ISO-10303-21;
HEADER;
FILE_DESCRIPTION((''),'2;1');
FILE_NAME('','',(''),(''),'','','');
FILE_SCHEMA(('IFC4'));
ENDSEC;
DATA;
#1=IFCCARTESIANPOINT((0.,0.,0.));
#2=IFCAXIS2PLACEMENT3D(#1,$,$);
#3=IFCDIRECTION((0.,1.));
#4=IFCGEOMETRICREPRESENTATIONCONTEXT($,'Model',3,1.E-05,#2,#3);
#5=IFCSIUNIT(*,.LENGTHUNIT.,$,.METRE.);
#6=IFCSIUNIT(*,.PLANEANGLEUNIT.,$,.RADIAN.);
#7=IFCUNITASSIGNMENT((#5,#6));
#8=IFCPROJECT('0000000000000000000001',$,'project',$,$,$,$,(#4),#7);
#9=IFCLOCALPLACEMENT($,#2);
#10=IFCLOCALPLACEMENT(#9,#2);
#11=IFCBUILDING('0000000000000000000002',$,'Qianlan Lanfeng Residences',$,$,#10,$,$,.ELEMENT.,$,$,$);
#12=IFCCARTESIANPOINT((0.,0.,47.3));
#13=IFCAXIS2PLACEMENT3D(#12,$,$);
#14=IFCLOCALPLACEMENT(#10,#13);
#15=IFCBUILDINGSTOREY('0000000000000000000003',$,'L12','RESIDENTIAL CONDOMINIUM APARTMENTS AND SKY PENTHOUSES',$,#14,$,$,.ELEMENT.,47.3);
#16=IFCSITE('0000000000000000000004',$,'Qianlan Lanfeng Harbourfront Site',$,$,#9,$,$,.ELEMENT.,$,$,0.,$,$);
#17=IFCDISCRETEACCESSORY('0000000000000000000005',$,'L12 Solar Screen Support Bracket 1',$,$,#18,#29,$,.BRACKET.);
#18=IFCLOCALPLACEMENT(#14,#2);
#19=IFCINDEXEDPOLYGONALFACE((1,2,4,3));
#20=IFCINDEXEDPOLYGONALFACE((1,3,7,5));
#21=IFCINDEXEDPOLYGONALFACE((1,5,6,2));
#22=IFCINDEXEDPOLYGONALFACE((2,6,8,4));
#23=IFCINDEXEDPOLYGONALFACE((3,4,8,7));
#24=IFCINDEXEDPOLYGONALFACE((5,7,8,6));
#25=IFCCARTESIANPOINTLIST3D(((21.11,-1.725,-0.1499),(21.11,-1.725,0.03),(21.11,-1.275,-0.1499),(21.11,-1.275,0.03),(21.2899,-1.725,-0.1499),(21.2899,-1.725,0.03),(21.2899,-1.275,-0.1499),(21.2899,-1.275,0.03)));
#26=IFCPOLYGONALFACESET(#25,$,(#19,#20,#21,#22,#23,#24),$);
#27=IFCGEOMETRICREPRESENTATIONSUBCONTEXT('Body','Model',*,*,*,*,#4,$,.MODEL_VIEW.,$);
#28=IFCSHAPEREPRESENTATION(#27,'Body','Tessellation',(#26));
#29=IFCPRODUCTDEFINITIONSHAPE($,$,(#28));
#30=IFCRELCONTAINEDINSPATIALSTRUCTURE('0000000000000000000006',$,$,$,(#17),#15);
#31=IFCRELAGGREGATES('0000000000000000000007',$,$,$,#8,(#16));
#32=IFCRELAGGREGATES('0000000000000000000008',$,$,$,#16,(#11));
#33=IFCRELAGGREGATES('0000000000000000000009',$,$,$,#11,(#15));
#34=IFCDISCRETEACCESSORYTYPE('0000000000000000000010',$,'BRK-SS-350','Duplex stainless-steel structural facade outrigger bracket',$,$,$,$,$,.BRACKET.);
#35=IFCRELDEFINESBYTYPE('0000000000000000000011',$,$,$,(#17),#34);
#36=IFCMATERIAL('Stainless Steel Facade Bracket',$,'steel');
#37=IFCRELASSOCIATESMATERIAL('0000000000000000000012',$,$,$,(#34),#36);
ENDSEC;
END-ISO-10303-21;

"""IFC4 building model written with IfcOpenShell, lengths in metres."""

from ifc_helpers import new_model, si_unit, direction, frame, origin, origin_2d, place, context, subcontext, project, spatial, rectangle, extrude, source, transform, mapped, material, type_object, element, save


model = new_model("IFC4")

# Units and contexts
model_context = context("Model", 3, precision=1e-05, world=origin(), true_north=direction((0.0, 1.0)))
body_context = subcontext(model_context, "Body", "Model", "MODEL_VIEW")
ifc_project = project(units=[si_unit("LENGTHUNIT", "METRE"), si_unit("PLANEANGLEUNIT", "RADIAN")], contexts=[model_context])

# Site, building, storey
site_placement = place(None, origin())
site = spatial("IfcSite", under=ifc_project, at=site_placement, Name="Qianlan Lanfeng Harbourfront Site", CompositionType="ELEMENT", RefElevation=0.0)
building_placement = place(site_placement, origin())
building = spatial("IfcBuilding", under=site, at=building_placement, Name="Qianlan Lanfeng Residences", CompositionType="ELEMENT")
storey_placement = place(building_placement, frame((0.0, 0.0, 47.3)))
storey = spatial("IfcBuildingStorey", under=building, at=storey_placement, Name="L12", Description="RESIDENTIAL CONDOMINIUM APARTMENTS AND SKY PENTHOUSES", CompositionType="ELEMENT", Elevation=47.3)

# Discrete accessory
ifc_material_1 = material(Name="Stainless Steel Facade Bracket", Category="steel")
discrete_accessory_type = type_object("IfcDiscreteAccessoryType", Name="BRK-SS-350", Description="Duplex stainless-steel structural facade outrigger bracket", PredefinedType="BRACKET", material=ifc_material_1)
shared_shape_1 = source(origin(), body_context, "Body", "SweptSolid", [
    extrude(rectangle(XDim=0.1799, YDim=0.45, at=origin_2d()), origin(), (0.0, 0.0, 1.0), 0.1799),
])
discrete_accessory_placement = place(storey_placement, frame((21.2, -1.5, -0.1499), z_axis=(0.0, 0.0, 1.0), x_axis=(1.0, 0.0, 0.0)))
element("IfcDiscreteAccessory", 1, at=discrete_accessory_placement, inside=storey, type_object=discrete_accessory_type, Name="L12 Solar Screen Support Bracket 1", PredefinedType="BRACKET", context=body_context, shape_type="MappedRepresentation", body=[
    mapped(shared_shape_1, transform((0.0, 0.0, 0.0), scale=1.0)),
])

save(model, "model.ifc")
